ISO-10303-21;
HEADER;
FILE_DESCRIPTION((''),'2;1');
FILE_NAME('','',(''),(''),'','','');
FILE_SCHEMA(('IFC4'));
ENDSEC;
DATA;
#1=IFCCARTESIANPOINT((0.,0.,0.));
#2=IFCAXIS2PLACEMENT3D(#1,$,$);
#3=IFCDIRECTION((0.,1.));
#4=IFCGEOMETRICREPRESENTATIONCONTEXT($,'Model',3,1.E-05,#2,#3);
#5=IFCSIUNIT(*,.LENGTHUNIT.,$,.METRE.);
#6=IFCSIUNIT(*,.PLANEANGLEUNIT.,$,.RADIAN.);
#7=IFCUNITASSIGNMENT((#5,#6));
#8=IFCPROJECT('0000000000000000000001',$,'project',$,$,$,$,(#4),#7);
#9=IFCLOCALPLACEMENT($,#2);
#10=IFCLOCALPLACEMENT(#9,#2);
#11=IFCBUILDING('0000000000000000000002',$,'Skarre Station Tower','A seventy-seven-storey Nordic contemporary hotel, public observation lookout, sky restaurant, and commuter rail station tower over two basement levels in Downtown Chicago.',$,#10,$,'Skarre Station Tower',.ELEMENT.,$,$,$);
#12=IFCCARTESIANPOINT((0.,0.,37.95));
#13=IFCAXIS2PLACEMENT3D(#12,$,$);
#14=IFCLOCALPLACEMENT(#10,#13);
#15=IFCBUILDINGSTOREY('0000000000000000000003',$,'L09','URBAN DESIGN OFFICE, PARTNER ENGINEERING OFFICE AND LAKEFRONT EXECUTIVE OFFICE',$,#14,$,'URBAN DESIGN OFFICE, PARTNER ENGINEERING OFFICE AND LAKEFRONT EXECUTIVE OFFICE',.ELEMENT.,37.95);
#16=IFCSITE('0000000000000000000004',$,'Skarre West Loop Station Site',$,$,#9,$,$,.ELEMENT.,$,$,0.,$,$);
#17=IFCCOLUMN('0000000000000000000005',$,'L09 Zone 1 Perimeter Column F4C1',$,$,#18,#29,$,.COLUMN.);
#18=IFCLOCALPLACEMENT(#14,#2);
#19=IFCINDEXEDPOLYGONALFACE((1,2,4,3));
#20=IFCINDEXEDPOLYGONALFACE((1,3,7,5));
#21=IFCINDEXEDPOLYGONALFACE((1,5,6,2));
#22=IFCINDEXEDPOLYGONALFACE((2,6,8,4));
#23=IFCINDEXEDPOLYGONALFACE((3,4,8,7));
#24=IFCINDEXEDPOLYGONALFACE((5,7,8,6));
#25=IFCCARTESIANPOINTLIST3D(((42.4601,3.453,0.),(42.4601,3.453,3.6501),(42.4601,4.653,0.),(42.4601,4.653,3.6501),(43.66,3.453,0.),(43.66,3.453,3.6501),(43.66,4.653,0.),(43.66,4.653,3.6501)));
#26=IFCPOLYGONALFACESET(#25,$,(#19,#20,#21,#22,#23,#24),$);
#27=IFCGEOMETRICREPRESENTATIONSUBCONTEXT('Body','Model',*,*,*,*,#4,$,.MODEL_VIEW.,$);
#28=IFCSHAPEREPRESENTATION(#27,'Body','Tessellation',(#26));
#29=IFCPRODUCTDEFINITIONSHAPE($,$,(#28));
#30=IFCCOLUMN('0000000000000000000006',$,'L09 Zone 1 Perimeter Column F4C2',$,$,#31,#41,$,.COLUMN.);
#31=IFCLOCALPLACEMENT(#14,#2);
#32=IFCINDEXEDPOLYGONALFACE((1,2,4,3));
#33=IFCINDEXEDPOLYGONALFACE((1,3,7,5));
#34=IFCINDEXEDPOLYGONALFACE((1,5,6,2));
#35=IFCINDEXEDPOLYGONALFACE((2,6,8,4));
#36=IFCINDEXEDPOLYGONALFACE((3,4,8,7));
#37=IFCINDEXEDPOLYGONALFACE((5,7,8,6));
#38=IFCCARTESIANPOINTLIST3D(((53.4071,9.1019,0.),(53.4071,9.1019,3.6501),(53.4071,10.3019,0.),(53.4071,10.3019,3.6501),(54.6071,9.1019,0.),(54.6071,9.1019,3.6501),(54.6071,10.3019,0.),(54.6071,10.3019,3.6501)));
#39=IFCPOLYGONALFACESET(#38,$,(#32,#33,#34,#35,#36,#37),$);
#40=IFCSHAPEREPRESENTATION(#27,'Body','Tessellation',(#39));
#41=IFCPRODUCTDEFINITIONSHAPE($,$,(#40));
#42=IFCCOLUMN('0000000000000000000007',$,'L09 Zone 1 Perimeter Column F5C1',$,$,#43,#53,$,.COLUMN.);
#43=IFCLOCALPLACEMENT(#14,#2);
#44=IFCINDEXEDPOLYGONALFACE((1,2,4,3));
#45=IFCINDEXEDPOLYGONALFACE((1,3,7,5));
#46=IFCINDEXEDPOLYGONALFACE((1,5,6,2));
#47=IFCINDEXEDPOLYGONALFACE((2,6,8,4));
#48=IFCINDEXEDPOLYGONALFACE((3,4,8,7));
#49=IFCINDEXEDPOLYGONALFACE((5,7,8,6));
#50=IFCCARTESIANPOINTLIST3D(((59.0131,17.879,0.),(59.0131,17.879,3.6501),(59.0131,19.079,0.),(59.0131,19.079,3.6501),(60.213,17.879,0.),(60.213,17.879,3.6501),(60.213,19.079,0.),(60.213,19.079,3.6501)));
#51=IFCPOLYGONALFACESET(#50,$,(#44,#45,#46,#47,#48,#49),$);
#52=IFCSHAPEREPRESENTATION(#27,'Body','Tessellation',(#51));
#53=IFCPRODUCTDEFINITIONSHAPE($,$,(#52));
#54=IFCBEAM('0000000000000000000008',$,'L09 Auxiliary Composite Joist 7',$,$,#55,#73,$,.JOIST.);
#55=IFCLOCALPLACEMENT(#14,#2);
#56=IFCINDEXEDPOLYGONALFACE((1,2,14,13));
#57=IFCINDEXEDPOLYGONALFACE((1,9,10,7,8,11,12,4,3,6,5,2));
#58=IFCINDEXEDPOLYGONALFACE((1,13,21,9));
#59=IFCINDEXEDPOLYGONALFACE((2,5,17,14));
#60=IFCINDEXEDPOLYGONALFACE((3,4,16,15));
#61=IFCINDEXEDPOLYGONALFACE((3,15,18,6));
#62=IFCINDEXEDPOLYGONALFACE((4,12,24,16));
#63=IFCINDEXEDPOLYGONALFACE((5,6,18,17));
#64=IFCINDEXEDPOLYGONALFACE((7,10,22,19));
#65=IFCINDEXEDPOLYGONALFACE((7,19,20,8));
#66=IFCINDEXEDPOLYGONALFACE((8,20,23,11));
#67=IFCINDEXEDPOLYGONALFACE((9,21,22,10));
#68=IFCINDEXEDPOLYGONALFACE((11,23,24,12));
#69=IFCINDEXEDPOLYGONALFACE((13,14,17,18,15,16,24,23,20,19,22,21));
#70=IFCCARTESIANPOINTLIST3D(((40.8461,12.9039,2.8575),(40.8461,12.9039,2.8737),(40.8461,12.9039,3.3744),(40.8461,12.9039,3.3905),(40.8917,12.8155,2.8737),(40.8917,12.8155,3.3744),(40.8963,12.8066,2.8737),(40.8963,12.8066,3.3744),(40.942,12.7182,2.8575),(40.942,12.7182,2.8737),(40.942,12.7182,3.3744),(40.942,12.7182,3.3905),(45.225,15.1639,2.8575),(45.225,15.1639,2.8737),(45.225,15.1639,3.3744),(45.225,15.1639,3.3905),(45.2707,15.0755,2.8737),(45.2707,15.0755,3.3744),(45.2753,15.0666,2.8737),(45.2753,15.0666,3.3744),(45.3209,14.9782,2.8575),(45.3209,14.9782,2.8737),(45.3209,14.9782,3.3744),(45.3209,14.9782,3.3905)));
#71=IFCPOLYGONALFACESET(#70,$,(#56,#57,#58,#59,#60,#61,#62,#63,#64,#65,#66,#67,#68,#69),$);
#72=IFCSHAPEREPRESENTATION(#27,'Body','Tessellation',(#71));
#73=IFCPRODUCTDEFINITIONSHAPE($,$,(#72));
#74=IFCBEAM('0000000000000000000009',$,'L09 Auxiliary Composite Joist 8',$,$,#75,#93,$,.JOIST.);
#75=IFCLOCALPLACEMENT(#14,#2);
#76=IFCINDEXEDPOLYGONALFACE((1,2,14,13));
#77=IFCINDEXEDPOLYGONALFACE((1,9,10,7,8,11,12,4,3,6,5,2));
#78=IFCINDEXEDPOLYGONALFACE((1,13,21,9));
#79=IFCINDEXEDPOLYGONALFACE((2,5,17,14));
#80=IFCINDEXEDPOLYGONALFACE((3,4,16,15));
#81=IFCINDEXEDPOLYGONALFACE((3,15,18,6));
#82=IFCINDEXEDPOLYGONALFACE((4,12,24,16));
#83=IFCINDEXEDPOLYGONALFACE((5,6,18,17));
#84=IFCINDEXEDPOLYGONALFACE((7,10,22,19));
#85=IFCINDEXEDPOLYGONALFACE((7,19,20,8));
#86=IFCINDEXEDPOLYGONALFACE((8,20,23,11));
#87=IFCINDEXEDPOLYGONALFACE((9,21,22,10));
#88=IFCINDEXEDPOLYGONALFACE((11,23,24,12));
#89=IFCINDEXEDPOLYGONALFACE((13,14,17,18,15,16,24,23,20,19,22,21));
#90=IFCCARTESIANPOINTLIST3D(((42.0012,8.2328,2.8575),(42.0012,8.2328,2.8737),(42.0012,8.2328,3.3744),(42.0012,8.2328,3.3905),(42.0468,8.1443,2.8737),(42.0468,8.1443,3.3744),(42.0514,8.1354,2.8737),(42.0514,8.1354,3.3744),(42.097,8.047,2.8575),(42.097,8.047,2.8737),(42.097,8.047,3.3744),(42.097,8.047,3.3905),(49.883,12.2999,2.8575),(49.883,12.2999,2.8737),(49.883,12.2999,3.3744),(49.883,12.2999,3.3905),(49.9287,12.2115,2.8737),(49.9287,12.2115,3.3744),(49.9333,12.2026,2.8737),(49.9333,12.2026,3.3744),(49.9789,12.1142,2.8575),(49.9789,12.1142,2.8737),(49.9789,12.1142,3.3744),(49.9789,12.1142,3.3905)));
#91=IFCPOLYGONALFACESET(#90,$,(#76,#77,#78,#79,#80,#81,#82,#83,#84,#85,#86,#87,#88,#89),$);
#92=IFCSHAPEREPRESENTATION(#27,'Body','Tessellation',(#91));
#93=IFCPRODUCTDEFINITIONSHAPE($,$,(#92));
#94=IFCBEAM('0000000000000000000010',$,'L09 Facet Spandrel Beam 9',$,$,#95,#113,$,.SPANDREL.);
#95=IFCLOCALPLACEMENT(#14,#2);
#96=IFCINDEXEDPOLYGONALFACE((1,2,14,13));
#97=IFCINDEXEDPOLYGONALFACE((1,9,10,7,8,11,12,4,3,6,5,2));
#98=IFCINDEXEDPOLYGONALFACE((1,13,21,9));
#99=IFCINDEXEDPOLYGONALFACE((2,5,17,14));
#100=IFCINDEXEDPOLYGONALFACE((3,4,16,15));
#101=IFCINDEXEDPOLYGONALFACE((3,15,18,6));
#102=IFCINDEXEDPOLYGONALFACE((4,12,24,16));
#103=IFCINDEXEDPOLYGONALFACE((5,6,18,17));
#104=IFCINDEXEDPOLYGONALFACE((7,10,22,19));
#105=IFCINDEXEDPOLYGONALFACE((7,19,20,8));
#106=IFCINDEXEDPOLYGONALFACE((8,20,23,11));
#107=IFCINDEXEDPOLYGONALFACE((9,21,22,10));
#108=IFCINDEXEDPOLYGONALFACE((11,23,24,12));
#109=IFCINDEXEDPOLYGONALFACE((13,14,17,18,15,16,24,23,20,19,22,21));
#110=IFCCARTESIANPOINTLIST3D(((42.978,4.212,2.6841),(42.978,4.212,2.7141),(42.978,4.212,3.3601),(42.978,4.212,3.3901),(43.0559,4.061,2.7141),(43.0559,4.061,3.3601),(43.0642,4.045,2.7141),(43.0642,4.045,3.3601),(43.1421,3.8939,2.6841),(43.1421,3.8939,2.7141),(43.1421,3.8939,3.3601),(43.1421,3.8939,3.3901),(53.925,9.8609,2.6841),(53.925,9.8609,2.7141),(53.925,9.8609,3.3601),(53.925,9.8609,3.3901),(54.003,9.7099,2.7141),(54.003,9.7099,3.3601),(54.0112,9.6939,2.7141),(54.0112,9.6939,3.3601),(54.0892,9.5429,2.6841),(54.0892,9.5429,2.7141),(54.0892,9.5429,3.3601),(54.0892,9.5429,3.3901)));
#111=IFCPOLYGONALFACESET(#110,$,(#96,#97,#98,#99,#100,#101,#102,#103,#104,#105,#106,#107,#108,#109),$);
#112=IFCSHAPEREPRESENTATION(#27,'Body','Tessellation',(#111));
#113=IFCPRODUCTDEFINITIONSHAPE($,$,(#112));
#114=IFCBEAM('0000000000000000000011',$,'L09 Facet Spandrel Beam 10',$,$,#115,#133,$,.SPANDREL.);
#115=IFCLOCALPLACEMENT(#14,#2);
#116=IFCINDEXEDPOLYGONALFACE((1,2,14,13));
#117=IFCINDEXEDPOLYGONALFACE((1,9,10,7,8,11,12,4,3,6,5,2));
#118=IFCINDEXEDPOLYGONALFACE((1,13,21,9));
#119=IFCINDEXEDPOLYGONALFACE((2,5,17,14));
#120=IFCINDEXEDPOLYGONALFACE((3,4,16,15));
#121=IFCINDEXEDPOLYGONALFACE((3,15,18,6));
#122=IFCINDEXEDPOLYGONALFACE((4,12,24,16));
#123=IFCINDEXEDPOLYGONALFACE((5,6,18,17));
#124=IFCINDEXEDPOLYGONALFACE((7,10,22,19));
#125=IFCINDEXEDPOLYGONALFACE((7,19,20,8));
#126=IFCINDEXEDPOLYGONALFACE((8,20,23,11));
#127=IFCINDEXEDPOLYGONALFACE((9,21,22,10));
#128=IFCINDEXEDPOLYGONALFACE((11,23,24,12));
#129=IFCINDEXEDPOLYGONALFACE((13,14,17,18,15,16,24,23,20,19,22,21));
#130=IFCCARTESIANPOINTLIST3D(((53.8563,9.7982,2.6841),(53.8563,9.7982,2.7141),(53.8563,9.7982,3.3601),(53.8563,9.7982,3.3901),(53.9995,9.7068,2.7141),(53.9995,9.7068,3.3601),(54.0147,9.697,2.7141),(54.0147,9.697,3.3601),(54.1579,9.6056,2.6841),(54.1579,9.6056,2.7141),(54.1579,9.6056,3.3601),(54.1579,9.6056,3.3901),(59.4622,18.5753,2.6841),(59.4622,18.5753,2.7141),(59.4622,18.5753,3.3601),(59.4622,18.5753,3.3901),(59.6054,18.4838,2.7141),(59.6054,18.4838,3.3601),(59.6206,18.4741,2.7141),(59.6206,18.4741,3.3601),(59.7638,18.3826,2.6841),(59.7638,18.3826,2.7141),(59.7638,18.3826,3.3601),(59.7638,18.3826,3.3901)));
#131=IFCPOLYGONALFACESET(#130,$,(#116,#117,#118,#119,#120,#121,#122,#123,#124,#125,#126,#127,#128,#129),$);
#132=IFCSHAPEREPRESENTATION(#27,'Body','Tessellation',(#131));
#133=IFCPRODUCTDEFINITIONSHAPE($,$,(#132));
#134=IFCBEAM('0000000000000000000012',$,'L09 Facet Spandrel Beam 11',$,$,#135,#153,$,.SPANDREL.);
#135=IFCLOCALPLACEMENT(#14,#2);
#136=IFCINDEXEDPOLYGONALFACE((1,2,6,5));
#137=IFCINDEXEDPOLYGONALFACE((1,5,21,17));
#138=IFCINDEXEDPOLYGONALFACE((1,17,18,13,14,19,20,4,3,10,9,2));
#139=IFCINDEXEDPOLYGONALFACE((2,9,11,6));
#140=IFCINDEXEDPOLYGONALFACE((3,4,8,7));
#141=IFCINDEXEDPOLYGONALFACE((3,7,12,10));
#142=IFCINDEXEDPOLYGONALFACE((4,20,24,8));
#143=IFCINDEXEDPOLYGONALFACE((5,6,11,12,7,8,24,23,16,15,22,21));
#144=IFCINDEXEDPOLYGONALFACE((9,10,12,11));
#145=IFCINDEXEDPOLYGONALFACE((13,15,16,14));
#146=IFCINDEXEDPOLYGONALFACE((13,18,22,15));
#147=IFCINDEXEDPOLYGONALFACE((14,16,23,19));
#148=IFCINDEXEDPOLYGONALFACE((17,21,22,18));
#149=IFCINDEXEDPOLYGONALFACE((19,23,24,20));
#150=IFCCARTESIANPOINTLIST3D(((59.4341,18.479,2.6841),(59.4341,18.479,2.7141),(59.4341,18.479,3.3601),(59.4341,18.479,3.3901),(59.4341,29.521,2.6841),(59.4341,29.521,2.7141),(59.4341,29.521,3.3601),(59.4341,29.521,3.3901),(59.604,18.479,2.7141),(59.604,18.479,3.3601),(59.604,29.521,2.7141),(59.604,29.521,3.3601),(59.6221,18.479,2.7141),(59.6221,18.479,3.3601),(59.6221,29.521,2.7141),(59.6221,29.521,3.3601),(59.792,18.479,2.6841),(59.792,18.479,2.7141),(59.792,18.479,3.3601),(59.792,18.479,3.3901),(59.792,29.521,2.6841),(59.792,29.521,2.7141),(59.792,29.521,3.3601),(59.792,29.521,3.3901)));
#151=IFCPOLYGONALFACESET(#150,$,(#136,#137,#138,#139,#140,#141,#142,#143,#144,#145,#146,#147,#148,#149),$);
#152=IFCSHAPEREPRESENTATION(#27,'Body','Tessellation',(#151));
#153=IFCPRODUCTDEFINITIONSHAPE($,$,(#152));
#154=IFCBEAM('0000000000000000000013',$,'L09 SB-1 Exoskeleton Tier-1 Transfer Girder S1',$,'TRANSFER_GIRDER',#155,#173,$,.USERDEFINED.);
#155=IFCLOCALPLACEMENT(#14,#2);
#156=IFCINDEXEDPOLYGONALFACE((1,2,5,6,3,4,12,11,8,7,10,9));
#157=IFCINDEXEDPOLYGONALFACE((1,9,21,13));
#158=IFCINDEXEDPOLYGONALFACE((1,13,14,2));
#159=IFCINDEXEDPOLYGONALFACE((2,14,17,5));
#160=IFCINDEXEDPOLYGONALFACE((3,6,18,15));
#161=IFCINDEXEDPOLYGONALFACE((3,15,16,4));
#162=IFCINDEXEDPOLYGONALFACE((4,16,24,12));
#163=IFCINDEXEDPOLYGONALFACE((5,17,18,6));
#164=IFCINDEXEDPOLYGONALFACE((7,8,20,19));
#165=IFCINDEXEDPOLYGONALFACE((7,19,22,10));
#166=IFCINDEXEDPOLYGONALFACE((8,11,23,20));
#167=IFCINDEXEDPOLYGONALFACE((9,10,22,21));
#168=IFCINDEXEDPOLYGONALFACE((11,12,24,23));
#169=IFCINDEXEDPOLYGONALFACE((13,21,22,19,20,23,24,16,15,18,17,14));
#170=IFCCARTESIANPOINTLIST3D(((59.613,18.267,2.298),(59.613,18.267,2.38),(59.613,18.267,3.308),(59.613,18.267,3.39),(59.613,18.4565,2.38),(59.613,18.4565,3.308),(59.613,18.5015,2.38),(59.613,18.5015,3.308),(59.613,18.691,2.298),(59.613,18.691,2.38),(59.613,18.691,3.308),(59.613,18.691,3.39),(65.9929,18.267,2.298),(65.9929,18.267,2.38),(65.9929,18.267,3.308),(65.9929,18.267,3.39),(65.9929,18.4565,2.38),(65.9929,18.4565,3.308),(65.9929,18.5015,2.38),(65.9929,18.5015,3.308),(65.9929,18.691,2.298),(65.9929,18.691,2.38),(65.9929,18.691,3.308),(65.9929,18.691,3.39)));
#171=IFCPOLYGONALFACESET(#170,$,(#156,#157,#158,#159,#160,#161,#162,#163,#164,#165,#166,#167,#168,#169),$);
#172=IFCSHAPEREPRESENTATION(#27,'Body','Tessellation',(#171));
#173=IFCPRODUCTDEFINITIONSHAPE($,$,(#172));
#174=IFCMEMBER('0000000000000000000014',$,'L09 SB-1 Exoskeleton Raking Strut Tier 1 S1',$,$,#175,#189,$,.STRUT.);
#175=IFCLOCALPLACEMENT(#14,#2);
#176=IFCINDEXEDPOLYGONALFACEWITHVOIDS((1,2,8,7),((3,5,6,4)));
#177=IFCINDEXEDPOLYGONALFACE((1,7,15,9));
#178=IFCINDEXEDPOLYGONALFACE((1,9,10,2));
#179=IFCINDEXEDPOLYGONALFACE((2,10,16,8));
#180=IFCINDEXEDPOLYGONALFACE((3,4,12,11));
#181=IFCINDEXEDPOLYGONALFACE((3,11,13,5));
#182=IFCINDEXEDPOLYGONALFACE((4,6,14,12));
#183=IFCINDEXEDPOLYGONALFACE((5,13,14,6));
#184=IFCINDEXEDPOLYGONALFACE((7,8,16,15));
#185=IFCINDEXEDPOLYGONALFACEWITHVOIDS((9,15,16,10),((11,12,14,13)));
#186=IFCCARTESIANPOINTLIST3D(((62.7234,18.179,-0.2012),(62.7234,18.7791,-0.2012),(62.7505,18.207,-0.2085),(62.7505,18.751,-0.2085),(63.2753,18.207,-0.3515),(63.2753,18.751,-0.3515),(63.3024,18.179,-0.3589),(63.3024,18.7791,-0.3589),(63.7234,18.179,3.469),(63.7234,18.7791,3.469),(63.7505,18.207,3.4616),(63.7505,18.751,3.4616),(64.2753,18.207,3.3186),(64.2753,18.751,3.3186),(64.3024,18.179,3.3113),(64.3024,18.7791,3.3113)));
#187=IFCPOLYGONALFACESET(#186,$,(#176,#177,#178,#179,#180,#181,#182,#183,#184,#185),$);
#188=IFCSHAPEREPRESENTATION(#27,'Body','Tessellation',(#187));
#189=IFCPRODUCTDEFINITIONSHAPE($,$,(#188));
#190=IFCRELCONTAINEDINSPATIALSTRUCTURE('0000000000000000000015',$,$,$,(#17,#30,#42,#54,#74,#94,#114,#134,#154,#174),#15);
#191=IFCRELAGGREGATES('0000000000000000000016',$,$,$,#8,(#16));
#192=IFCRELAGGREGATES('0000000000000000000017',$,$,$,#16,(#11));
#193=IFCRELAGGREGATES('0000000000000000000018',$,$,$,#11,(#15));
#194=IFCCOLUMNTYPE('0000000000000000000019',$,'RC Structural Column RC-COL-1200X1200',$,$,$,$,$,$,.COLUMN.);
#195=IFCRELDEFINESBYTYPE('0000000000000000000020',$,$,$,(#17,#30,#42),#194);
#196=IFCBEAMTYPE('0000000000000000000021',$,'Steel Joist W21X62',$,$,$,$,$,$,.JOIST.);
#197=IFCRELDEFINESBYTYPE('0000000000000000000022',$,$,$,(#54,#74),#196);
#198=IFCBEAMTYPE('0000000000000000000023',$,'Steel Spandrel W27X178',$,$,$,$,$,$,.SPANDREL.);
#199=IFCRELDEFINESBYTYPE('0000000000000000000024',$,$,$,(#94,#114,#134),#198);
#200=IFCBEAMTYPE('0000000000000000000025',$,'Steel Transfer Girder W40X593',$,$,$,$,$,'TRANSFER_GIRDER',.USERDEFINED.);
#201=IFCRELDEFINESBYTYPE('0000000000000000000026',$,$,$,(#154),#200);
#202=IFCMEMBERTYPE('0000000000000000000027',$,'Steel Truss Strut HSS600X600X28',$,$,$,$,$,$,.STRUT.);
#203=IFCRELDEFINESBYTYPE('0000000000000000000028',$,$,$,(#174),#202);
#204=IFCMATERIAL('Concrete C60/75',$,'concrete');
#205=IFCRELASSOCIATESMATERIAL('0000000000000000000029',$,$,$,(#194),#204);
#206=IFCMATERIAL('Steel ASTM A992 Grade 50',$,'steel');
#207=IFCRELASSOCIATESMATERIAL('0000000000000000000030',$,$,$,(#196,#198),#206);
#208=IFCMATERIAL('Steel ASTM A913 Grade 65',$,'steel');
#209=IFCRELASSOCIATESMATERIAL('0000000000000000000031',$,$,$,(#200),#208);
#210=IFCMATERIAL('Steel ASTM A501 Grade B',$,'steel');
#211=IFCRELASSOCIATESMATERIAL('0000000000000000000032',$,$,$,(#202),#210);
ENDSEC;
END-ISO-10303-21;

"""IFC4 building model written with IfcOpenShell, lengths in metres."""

from ifc_helpers import new_model, si_unit, direction, frame, origin, origin_2d, place, context, subcontext, project, spatial, rectangle, hollow_rectangle, i_section, extrude, material, material_profile, profile_set, type_object, element, save


model = new_model("IFC4")

# Units and contexts
model_context = context("Model", 3, precision=1e-05, world=origin(), true_north=direction((0.0, 1.0)))
body_context = subcontext(model_context, "Body", "Model", "MODEL_VIEW")
ifc_project = project(units=[si_unit("LENGTHUNIT", "METRE"), si_unit("PLANEANGLEUNIT", "RADIAN")], contexts=[model_context])

# Site, building, storey
site_placement = place(None, origin())
site = spatial("IfcSite", under=ifc_project, at=site_placement, Name="Skarre West Loop Station Site", CompositionType="ELEMENT", RefElevation=0.0)
building_placement = place(site_placement, origin())
building = spatial("IfcBuilding", under=site, at=building_placement, Name="Skarre Station Tower", Description="A seventy-seven-storey Nordic contemporary hotel, public observation lookout, sky restaurant, and commuter rail station tower over two basement levels in Downtown Chicago.", LongName="Skarre Station Tower", CompositionType="ELEMENT")
storey_placement = place(building_placement, frame((0.0, 0.0, 37.95)))
storey = spatial("IfcBuildingStorey", under=building, at=storey_placement, Name="L09", Description="URBAN DESIGN OFFICE, PARTNER ENGINEERING OFFICE AND LAKEFRONT EXECUTIVE OFFICE", LongName="URBAN DESIGN OFFICE, PARTNER ENGINEERING OFFICE AND LAKEFRONT EXECUTIVE OFFICE", CompositionType="ELEMENT", Elevation=37.95)

# Columns
ifc_material_1 = material(Name="Concrete C60/75", Category="concrete")
ifc_material_profile_1 = material_profile(ifc_material_1, rectangle(XDim=1.2, YDim=1.2, at=origin_2d()), Name="Concrete C60/75")
ifc_profile_set_1 = profile_set([ifc_material_profile_1], Name="Concrete C60/75")
column_type = type_object("IfcColumnType", Name="RC Structural Column RC-COL-1200X1200", PredefinedType="COLUMN", material=ifc_profile_set_1)
for number, where, z_axis, x_axis, name in (
    (1, (43.0601, 4.053, 0.0), (0.0, 0.0, 1.0), (1.0, 0.0, 0.0), "L09 Zone 1 Perimeter Column F4C1"),
    (2, (54.0071, 9.7019, 0.0), (0.0, 0.0, 1.0), (1.0, 0.0, 0.0), "L09 Zone 1 Perimeter Column F4C2"),
    (3, (59.613, 18.479, 0.0), (0.0, 0.0, 1.0), (1.0, 0.0, 0.0), "L09 Zone 1 Perimeter Column F5C1"),
):
    element("IfcColumn", number, at=place(storey_placement, frame(where, z_axis=z_axis, x_axis=x_axis)), inside=storey, type_object=column_type, Name=name, PredefinedType="COLUMN", context=body_context, shape_type="SweptSolid", body=[
        extrude(rectangle(XDim=1.2, YDim=1.2, at=origin_2d()), origin(), (0.0, 0.0, 1.0), 3.6501),
    ])

# Beams
ifc_material_2 = material(Name="Steel ASTM A992 Grade 50", Category="steel")
ifc_material_profile_2 = material_profile(ifc_material_2, i_section(OverallWidth=0.209, OverallDepth=0.533, WebThickness=0.01, FlangeThickness=0.0161, at=origin_2d()), Name="Steel ASTM A992 Grade 50")
ifc_profile_set_2 = profile_set([ifc_material_profile_2], Name="Steel ASTM A992 Grade 50")
beam_type_1 = type_object("IfcBeamType", Name="Steel Joist W21X62", PredefinedType="JOIST", material=ifc_profile_set_2)
beam_1_placement = place(storey_placement, frame((40.894, 12.811, 3.124), z_axis=(0.888627, 0.458632, 0.0), x_axis=(-0.458632, 0.888627, 0.0)))
element("IfcBeam", 4, at=beam_1_placement, inside=storey, type_object=beam_type_1, Name="L09 Auxiliary Composite Joist 7", PredefinedType="JOIST", context=body_context, shape_type="SweptSolid", body=[
    extrude(i_section(OverallWidth=0.209, OverallDepth=0.533, WebThickness=0.01, FlangeThickness=0.0161, at=origin_2d()), origin(), (0.0, 0.0, 1.0), 4.9277),
])
beam_2_placement = place(storey_placement, frame((42.0491, 8.1399, 3.124), z_axis=(0.888662, 0.458562, 0.0), x_axis=(-0.458562, 0.888662, 0.0)))
element("IfcBeam", 5, at=beam_2_placement, inside=storey, type_object=beam_type_1, Name="L09 Auxiliary Composite Joist 8", PredefinedType="JOIST", context=body_context, shape_type="SweptSolid", body=[
    extrude(i_section(OverallWidth=0.209, OverallDepth=0.533, WebThickness=0.01, FlangeThickness=0.0161, at=origin_2d()), origin(), (0.0, 0.0, 1.0), 8.8694),
])
ifc_material_profile_3 = material_profile(ifc_material_2, i_section(OverallWidth=0.3579, OverallDepth=0.7061, WebThickness=0.0181, FlangeThickness=0.03, at=origin_2d()), Name="Steel ASTM A992 Grade 50")
ifc_profile_set_3 = profile_set([ifc_material_profile_3], Name="Steel ASTM A992 Grade 50")
beam_type_2 = type_object("IfcBeamType", Name="Steel Spandrel W27X178", PredefinedType="SPANDREL", material=ifc_profile_set_3)
beam_3_placement = place(storey_placement, frame((43.0601, 4.053, 3.0371), z_axis=(0.888659, 0.458569, 0.0), x_axis=(-0.458569, 0.888659, 0.0)))
element("IfcBeam", 6, at=beam_3_placement, inside=storey, type_object=beam_type_2, Name="L09 Facet Spandrel Beam 9", PredefinedType="SPANDREL", context=body_context, shape_type="SweptSolid", body=[
    extrude(i_section(OverallWidth=0.3579, OverallDepth=0.7061, WebThickness=0.0181, FlangeThickness=0.03, at=origin_2d()), origin(), (0.0, 0.0, 1.0), 12.3186),
])
beam_4_placement = place(storey_placement, frame((54.0071, 9.7019, 3.0371), z_axis=(0.538278, 0.842767, 0.0), x_axis=(-0.842767, 0.538278, 0.0)))
element("IfcBeam", 7, at=beam_4_placement, inside=storey, type_object=beam_type_2, Name="L09 Facet Spandrel Beam 10", PredefinedType="SPANDREL", context=body_context, shape_type="SweptSolid", body=[
    extrude(i_section(OverallWidth=0.3579, OverallDepth=0.7061, WebThickness=0.0181, FlangeThickness=0.03, at=origin_2d()), origin(), (0.0, 0.0, 1.0), 10.4146),
])
beam_5_placement = place(storey_placement, frame((59.613, 18.479, 3.0371), z_axis=(0.0, 1.0, 0.0), x_axis=(-1.0, 0.0, 0.0)))
element("IfcBeam", 8, at=beam_5_placement, inside=storey, type_object=beam_type_2, Name="L09 Facet Spandrel Beam 11", PredefinedType="SPANDREL", context=body_context, shape_type="SweptSolid", body=[
    extrude(i_section(OverallWidth=0.3579, OverallDepth=0.7061, WebThickness=0.0181, FlangeThickness=0.03, at=origin_2d()), origin(), (0.0, 0.0, 1.0), 11.042),
])
ifc_material_3 = material(Name="Steel ASTM A913 Grade 65", Category="steel")
ifc_material_profile_4 = material_profile(ifc_material_3, i_section(OverallWidth=0.4241, OverallDepth=1.092, WebThickness=0.0449, FlangeThickness=0.082, at=origin_2d()), Name="Steel ASTM A913 Grade 65")
ifc_profile_set_4 = profile_set([ifc_material_profile_4], Name="Steel ASTM A913 Grade 65")
beam_type_3 = type_object("IfcBeamType", Name="Steel Transfer Girder W40X593", ElementType="TRANSFER_GIRDER", PredefinedType="USERDEFINED", material=ifc_profile_set_4)
beam_6_placement = place(storey_placement, frame((59.613, 18.479, 2.844), z_axis=(1.0, 0.0, 0.0), x_axis=(0.0, 1.0, 0.0)))
element("IfcBeam", 9, at=beam_6_placement, inside=storey, type_object=beam_type_3, Name="L09 SB-1 Exoskeleton Tier-1 Transfer Girder S1", ObjectType="TRANSFER_GIRDER", PredefinedType="USERDEFINED", context=body_context, shape_type="SweptSolid", body=[
    extrude(i_section(OverallWidth=0.4241, OverallDepth=1.092, WebThickness=0.0449, FlangeThickness=0.082, at=origin_2d()), origin(), (0.0, 0.0, 1.0), 6.3799),
])

# Member
ifc_material_4 = material(Name="Steel ASTM A501 Grade B", Category="steel")
ifc_material_profile_5 = material_profile(ifc_material_4, hollow_rectangle(XDim=0.6001, YDim=0.6001, WallThickness=0.0281, at=origin_2d()), Name="Steel ASTM A501 Grade B")
ifc_profile_set_5 = profile_set([ifc_material_profile_5], Name="Steel ASTM A501 Grade B")
member_type = type_object("IfcMemberType", Name="Steel Truss Strut HSS600X600X28", PredefinedType="STRUT", material=ifc_profile_set_5)
member_placement = place(storey_placement, frame((63.0129, 18.479, -0.28), z_axis=(0.262884, 0.0, 0.964827), x_axis=(0.0, 1.0, 0.0)))
element("IfcMember", 10, at=member_placement, inside=storey, type_object=member_type, Name="L09 SB-1 Exoskeleton Raking Strut Tier 1 S1", PredefinedType="STRUT", context=body_context, shape_type="SweptSolid", body=[
    extrude(hollow_rectangle(XDim=0.6001, YDim=0.6001, WallThickness=0.0281, at=origin_2d()), origin(), (0.0, 0.0, 1.0), 3.804),
])

save(model, "model.ifc")
